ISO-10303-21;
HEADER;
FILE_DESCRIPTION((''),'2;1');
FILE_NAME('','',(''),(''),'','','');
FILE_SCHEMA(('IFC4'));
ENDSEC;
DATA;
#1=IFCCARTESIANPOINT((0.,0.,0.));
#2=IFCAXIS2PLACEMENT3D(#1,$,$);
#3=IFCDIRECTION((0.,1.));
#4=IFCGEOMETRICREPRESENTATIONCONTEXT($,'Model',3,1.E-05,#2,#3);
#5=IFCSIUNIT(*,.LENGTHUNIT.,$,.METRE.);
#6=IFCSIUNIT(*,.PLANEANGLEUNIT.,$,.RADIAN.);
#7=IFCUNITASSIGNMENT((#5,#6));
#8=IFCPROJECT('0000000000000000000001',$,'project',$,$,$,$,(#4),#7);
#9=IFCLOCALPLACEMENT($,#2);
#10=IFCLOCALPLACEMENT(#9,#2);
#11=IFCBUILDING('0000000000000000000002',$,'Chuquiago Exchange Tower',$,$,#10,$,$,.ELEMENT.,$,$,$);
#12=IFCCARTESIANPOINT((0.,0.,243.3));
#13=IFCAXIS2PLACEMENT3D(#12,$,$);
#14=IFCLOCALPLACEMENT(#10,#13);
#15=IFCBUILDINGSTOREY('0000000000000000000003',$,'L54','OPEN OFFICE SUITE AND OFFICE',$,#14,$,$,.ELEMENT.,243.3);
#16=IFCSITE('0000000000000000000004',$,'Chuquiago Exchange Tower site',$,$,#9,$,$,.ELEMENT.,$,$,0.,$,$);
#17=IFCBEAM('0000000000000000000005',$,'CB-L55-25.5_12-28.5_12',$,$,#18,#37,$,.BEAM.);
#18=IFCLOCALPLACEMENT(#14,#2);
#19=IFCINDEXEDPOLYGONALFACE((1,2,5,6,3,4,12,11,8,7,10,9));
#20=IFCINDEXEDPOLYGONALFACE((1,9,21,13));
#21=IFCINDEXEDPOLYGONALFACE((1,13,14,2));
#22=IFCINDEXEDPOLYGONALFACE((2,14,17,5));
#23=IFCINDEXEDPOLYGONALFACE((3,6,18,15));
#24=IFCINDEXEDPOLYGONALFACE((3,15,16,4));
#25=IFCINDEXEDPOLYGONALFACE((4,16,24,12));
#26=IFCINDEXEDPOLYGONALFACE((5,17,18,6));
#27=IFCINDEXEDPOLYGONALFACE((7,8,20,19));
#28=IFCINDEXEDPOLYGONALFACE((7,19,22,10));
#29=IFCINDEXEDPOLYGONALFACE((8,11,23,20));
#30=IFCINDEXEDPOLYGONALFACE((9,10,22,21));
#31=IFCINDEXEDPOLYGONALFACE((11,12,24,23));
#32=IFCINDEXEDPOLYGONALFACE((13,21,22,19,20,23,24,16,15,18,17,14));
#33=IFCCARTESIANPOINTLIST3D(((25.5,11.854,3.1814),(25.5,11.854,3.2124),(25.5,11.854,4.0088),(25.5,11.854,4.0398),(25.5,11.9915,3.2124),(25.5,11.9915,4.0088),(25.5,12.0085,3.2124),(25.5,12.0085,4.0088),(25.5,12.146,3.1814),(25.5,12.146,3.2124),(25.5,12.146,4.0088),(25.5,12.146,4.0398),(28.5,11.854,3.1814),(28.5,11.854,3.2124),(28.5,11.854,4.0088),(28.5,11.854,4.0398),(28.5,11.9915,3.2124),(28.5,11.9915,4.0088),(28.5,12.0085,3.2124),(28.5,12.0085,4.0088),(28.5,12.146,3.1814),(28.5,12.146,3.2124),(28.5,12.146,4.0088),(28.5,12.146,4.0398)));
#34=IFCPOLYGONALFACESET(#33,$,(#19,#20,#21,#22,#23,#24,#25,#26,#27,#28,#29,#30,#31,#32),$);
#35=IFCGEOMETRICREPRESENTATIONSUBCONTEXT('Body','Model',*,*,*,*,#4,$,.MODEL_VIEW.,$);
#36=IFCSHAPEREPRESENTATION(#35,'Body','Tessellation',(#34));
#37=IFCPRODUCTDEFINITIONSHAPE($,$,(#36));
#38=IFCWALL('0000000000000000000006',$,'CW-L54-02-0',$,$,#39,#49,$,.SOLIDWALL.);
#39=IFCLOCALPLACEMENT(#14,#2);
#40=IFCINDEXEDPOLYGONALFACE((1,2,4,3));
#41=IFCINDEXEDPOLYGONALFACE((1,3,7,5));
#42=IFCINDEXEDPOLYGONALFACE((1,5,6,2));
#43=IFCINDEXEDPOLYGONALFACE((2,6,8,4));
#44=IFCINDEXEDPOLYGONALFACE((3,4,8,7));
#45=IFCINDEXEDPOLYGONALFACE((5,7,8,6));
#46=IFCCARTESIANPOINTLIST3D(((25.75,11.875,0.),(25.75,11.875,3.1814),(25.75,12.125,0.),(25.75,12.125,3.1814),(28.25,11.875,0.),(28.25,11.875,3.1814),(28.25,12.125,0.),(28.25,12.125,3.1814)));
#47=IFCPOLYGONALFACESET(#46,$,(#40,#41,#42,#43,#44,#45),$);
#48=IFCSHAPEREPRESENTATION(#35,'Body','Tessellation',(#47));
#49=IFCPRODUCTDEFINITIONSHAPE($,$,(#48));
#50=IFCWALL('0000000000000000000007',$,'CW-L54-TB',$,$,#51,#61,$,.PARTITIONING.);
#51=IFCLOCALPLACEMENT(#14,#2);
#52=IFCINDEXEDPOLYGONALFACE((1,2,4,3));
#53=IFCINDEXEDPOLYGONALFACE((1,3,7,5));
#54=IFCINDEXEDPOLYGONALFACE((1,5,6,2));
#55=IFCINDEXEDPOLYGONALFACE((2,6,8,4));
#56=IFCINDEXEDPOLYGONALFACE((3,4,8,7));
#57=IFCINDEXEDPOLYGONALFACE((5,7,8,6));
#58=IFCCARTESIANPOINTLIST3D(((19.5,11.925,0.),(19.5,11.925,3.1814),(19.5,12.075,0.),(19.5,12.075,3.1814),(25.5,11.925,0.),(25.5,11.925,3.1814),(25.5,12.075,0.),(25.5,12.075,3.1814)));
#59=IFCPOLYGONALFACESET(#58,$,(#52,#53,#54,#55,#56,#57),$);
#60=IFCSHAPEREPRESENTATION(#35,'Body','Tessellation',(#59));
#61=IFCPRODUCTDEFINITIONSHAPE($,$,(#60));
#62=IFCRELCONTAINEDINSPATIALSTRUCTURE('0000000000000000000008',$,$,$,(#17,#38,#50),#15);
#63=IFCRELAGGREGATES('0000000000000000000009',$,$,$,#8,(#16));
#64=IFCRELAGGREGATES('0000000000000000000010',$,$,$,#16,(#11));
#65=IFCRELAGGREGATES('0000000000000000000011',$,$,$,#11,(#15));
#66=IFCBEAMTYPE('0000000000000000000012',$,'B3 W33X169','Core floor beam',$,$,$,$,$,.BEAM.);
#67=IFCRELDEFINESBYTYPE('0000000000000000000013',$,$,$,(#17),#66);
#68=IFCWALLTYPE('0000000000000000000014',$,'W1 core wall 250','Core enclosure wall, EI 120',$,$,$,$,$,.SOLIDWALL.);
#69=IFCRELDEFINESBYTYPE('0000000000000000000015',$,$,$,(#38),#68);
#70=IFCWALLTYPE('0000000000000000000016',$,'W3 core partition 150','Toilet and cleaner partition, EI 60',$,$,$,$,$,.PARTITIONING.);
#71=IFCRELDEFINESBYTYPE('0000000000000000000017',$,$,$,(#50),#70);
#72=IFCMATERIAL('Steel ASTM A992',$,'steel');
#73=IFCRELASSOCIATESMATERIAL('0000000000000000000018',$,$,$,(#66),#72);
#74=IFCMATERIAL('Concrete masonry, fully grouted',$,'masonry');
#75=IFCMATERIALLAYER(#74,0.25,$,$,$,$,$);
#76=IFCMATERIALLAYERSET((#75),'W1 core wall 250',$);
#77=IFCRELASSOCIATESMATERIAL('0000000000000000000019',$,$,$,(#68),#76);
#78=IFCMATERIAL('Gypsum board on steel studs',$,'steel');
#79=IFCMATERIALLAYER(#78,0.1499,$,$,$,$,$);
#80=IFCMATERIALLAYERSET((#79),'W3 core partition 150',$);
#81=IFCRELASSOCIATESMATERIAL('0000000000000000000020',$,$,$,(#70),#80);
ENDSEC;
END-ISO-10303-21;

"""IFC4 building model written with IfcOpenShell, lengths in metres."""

from ifc_helpers import new_model, si_unit, direction, frame, frame_2d, origin, origin_2d, place, context, subcontext, project, spatial, rectangle, i_section, extrude, material, layer, layer_set, material_profile, profile_set, type_object, element, save


model = new_model("IFC4")

# Units and contexts
model_context = context("Model", 3, precision=1e-05, world=origin(), true_north=direction((0.0, 1.0)))
body_context = subcontext(model_context, "Body", "Model", "MODEL_VIEW")
ifc_project = project(units=[si_unit("LENGTHUNIT", "METRE"), si_unit("PLANEANGLEUNIT", "RADIAN")], contexts=[model_context])

# Site, building, storey
site_placement = place(None, origin())
site = spatial("IfcSite", under=ifc_project, at=site_placement, Name="Chuquiago Exchange Tower site", CompositionType="ELEMENT", RefElevation=0.0)
building_placement = place(site_placement, origin())
building = spatial("IfcBuilding", under=site, at=building_placement, Name="Chuquiago Exchange Tower", CompositionType="ELEMENT")
storey_placement = place(building_placement, frame((0.0, 0.0, 243.3)))
storey = spatial("IfcBuildingStorey", under=building, at=storey_placement, Name="L54", Description="OPEN OFFICE SUITE AND OFFICE", CompositionType="ELEMENT", Elevation=243.3)

# Beam
ifc_material_1 = material(Name="Steel ASTM A992", Category="steel")
ifc_material_profile_1 = material_profile(ifc_material_1, i_section(OverallWidth=0.292, OverallDepth=0.8584, WebThickness=0.0171, FlangeThickness=0.031, at=origin_2d()), Name="W33X169")
ifc_profile_set_1 = profile_set([ifc_material_profile_1], Name="Steel ASTM A992")
beam_type_1 = type_object("IfcBeamType", Name="B3 W33X169", Description="Core floor beam", PredefinedType="BEAM", material=ifc_profile_set_1)
beam_1_placement = place(storey_placement, frame((25.5, 12.0, 3.6106), z_axis=(1.0, 0.0, 0.0), x_axis=(0.0, 1.0, 0.0)))
element("IfcBeam", 1, at=beam_1_placement, inside=storey, type_object=beam_type_1, Name="CB-L55-25.5_12-28.5_12", PredefinedType="BEAM", context=body_context, shape_type="SweptSolid", body=[
    extrude(i_section(OverallWidth=0.292, OverallDepth=0.8584, WebThickness=0.0171, FlangeThickness=0.031, at=origin_2d()), origin(), (0.0, 0.0, 1.0), 3.0),
])

# Walls
ifc_material_2 = material(Name="Concrete masonry, fully grouted", Category="masonry")
ifc_layer_1 = layer(ifc_material_2, 0.25)
ifc_layer_set_1 = layer_set([ifc_layer_1], Name="W1 core wall 250")
wall_type_1 = type_object("IfcWallType", Name="W1 core wall 250", Description="Core enclosure wall, EI 120", PredefinedType="SOLIDWALL", material=ifc_layer_set_1)
wall_1_placement = place(storey_placement, frame((25.75, 12.0, 0.0), z_axis=(0.0, 0.0, 1.0), x_axis=(1.0, 0.0, 0.0)))
element("IfcWall", 2, at=wall_1_placement, inside=storey, type_object=wall_type_1, Name="CW-L54-02-0", PredefinedType="SOLIDWALL", context=body_context, shape_type="SweptSolid", body=[
    extrude(rectangle(XDim=2.5, YDim=0.25, at=frame_2d((1.25, 0.0))), origin(), (0.0, 0.0, 1.0), 3.1814),
])
ifc_material_3 = material(Name="Gypsum board on steel studs", Category="steel")
ifc_layer_2 = layer(ifc_material_3, 0.1499)
ifc_layer_set_2 = layer_set([ifc_layer_2], Name="W3 core partition 150")
wall_type_2 = type_object("IfcWallType", Name="W3 core partition 150", Description="Toilet and cleaner partition, EI 60", PredefinedType="PARTITIONING", material=ifc_layer_set_2)
wall_2_placement = place(storey_placement, frame((19.5, 12.0, 0.0), z_axis=(0.0, 0.0, 1.0), x_axis=(1.0, 0.0, 0.0)))
element("IfcWall", 3, at=wall_2_placement, inside=storey, type_object=wall_type_2, Name="CW-L54-TB", PredefinedType="PARTITIONING", context=body_context, shape_type="SweptSolid", body=[
    extrude(rectangle(XDim=6.0, YDim=0.1499, at=frame_2d((3.0, 0.0))), origin(), (0.0, 0.0, 1.0), 3.1814),
])

save(model, "model.ifc")
